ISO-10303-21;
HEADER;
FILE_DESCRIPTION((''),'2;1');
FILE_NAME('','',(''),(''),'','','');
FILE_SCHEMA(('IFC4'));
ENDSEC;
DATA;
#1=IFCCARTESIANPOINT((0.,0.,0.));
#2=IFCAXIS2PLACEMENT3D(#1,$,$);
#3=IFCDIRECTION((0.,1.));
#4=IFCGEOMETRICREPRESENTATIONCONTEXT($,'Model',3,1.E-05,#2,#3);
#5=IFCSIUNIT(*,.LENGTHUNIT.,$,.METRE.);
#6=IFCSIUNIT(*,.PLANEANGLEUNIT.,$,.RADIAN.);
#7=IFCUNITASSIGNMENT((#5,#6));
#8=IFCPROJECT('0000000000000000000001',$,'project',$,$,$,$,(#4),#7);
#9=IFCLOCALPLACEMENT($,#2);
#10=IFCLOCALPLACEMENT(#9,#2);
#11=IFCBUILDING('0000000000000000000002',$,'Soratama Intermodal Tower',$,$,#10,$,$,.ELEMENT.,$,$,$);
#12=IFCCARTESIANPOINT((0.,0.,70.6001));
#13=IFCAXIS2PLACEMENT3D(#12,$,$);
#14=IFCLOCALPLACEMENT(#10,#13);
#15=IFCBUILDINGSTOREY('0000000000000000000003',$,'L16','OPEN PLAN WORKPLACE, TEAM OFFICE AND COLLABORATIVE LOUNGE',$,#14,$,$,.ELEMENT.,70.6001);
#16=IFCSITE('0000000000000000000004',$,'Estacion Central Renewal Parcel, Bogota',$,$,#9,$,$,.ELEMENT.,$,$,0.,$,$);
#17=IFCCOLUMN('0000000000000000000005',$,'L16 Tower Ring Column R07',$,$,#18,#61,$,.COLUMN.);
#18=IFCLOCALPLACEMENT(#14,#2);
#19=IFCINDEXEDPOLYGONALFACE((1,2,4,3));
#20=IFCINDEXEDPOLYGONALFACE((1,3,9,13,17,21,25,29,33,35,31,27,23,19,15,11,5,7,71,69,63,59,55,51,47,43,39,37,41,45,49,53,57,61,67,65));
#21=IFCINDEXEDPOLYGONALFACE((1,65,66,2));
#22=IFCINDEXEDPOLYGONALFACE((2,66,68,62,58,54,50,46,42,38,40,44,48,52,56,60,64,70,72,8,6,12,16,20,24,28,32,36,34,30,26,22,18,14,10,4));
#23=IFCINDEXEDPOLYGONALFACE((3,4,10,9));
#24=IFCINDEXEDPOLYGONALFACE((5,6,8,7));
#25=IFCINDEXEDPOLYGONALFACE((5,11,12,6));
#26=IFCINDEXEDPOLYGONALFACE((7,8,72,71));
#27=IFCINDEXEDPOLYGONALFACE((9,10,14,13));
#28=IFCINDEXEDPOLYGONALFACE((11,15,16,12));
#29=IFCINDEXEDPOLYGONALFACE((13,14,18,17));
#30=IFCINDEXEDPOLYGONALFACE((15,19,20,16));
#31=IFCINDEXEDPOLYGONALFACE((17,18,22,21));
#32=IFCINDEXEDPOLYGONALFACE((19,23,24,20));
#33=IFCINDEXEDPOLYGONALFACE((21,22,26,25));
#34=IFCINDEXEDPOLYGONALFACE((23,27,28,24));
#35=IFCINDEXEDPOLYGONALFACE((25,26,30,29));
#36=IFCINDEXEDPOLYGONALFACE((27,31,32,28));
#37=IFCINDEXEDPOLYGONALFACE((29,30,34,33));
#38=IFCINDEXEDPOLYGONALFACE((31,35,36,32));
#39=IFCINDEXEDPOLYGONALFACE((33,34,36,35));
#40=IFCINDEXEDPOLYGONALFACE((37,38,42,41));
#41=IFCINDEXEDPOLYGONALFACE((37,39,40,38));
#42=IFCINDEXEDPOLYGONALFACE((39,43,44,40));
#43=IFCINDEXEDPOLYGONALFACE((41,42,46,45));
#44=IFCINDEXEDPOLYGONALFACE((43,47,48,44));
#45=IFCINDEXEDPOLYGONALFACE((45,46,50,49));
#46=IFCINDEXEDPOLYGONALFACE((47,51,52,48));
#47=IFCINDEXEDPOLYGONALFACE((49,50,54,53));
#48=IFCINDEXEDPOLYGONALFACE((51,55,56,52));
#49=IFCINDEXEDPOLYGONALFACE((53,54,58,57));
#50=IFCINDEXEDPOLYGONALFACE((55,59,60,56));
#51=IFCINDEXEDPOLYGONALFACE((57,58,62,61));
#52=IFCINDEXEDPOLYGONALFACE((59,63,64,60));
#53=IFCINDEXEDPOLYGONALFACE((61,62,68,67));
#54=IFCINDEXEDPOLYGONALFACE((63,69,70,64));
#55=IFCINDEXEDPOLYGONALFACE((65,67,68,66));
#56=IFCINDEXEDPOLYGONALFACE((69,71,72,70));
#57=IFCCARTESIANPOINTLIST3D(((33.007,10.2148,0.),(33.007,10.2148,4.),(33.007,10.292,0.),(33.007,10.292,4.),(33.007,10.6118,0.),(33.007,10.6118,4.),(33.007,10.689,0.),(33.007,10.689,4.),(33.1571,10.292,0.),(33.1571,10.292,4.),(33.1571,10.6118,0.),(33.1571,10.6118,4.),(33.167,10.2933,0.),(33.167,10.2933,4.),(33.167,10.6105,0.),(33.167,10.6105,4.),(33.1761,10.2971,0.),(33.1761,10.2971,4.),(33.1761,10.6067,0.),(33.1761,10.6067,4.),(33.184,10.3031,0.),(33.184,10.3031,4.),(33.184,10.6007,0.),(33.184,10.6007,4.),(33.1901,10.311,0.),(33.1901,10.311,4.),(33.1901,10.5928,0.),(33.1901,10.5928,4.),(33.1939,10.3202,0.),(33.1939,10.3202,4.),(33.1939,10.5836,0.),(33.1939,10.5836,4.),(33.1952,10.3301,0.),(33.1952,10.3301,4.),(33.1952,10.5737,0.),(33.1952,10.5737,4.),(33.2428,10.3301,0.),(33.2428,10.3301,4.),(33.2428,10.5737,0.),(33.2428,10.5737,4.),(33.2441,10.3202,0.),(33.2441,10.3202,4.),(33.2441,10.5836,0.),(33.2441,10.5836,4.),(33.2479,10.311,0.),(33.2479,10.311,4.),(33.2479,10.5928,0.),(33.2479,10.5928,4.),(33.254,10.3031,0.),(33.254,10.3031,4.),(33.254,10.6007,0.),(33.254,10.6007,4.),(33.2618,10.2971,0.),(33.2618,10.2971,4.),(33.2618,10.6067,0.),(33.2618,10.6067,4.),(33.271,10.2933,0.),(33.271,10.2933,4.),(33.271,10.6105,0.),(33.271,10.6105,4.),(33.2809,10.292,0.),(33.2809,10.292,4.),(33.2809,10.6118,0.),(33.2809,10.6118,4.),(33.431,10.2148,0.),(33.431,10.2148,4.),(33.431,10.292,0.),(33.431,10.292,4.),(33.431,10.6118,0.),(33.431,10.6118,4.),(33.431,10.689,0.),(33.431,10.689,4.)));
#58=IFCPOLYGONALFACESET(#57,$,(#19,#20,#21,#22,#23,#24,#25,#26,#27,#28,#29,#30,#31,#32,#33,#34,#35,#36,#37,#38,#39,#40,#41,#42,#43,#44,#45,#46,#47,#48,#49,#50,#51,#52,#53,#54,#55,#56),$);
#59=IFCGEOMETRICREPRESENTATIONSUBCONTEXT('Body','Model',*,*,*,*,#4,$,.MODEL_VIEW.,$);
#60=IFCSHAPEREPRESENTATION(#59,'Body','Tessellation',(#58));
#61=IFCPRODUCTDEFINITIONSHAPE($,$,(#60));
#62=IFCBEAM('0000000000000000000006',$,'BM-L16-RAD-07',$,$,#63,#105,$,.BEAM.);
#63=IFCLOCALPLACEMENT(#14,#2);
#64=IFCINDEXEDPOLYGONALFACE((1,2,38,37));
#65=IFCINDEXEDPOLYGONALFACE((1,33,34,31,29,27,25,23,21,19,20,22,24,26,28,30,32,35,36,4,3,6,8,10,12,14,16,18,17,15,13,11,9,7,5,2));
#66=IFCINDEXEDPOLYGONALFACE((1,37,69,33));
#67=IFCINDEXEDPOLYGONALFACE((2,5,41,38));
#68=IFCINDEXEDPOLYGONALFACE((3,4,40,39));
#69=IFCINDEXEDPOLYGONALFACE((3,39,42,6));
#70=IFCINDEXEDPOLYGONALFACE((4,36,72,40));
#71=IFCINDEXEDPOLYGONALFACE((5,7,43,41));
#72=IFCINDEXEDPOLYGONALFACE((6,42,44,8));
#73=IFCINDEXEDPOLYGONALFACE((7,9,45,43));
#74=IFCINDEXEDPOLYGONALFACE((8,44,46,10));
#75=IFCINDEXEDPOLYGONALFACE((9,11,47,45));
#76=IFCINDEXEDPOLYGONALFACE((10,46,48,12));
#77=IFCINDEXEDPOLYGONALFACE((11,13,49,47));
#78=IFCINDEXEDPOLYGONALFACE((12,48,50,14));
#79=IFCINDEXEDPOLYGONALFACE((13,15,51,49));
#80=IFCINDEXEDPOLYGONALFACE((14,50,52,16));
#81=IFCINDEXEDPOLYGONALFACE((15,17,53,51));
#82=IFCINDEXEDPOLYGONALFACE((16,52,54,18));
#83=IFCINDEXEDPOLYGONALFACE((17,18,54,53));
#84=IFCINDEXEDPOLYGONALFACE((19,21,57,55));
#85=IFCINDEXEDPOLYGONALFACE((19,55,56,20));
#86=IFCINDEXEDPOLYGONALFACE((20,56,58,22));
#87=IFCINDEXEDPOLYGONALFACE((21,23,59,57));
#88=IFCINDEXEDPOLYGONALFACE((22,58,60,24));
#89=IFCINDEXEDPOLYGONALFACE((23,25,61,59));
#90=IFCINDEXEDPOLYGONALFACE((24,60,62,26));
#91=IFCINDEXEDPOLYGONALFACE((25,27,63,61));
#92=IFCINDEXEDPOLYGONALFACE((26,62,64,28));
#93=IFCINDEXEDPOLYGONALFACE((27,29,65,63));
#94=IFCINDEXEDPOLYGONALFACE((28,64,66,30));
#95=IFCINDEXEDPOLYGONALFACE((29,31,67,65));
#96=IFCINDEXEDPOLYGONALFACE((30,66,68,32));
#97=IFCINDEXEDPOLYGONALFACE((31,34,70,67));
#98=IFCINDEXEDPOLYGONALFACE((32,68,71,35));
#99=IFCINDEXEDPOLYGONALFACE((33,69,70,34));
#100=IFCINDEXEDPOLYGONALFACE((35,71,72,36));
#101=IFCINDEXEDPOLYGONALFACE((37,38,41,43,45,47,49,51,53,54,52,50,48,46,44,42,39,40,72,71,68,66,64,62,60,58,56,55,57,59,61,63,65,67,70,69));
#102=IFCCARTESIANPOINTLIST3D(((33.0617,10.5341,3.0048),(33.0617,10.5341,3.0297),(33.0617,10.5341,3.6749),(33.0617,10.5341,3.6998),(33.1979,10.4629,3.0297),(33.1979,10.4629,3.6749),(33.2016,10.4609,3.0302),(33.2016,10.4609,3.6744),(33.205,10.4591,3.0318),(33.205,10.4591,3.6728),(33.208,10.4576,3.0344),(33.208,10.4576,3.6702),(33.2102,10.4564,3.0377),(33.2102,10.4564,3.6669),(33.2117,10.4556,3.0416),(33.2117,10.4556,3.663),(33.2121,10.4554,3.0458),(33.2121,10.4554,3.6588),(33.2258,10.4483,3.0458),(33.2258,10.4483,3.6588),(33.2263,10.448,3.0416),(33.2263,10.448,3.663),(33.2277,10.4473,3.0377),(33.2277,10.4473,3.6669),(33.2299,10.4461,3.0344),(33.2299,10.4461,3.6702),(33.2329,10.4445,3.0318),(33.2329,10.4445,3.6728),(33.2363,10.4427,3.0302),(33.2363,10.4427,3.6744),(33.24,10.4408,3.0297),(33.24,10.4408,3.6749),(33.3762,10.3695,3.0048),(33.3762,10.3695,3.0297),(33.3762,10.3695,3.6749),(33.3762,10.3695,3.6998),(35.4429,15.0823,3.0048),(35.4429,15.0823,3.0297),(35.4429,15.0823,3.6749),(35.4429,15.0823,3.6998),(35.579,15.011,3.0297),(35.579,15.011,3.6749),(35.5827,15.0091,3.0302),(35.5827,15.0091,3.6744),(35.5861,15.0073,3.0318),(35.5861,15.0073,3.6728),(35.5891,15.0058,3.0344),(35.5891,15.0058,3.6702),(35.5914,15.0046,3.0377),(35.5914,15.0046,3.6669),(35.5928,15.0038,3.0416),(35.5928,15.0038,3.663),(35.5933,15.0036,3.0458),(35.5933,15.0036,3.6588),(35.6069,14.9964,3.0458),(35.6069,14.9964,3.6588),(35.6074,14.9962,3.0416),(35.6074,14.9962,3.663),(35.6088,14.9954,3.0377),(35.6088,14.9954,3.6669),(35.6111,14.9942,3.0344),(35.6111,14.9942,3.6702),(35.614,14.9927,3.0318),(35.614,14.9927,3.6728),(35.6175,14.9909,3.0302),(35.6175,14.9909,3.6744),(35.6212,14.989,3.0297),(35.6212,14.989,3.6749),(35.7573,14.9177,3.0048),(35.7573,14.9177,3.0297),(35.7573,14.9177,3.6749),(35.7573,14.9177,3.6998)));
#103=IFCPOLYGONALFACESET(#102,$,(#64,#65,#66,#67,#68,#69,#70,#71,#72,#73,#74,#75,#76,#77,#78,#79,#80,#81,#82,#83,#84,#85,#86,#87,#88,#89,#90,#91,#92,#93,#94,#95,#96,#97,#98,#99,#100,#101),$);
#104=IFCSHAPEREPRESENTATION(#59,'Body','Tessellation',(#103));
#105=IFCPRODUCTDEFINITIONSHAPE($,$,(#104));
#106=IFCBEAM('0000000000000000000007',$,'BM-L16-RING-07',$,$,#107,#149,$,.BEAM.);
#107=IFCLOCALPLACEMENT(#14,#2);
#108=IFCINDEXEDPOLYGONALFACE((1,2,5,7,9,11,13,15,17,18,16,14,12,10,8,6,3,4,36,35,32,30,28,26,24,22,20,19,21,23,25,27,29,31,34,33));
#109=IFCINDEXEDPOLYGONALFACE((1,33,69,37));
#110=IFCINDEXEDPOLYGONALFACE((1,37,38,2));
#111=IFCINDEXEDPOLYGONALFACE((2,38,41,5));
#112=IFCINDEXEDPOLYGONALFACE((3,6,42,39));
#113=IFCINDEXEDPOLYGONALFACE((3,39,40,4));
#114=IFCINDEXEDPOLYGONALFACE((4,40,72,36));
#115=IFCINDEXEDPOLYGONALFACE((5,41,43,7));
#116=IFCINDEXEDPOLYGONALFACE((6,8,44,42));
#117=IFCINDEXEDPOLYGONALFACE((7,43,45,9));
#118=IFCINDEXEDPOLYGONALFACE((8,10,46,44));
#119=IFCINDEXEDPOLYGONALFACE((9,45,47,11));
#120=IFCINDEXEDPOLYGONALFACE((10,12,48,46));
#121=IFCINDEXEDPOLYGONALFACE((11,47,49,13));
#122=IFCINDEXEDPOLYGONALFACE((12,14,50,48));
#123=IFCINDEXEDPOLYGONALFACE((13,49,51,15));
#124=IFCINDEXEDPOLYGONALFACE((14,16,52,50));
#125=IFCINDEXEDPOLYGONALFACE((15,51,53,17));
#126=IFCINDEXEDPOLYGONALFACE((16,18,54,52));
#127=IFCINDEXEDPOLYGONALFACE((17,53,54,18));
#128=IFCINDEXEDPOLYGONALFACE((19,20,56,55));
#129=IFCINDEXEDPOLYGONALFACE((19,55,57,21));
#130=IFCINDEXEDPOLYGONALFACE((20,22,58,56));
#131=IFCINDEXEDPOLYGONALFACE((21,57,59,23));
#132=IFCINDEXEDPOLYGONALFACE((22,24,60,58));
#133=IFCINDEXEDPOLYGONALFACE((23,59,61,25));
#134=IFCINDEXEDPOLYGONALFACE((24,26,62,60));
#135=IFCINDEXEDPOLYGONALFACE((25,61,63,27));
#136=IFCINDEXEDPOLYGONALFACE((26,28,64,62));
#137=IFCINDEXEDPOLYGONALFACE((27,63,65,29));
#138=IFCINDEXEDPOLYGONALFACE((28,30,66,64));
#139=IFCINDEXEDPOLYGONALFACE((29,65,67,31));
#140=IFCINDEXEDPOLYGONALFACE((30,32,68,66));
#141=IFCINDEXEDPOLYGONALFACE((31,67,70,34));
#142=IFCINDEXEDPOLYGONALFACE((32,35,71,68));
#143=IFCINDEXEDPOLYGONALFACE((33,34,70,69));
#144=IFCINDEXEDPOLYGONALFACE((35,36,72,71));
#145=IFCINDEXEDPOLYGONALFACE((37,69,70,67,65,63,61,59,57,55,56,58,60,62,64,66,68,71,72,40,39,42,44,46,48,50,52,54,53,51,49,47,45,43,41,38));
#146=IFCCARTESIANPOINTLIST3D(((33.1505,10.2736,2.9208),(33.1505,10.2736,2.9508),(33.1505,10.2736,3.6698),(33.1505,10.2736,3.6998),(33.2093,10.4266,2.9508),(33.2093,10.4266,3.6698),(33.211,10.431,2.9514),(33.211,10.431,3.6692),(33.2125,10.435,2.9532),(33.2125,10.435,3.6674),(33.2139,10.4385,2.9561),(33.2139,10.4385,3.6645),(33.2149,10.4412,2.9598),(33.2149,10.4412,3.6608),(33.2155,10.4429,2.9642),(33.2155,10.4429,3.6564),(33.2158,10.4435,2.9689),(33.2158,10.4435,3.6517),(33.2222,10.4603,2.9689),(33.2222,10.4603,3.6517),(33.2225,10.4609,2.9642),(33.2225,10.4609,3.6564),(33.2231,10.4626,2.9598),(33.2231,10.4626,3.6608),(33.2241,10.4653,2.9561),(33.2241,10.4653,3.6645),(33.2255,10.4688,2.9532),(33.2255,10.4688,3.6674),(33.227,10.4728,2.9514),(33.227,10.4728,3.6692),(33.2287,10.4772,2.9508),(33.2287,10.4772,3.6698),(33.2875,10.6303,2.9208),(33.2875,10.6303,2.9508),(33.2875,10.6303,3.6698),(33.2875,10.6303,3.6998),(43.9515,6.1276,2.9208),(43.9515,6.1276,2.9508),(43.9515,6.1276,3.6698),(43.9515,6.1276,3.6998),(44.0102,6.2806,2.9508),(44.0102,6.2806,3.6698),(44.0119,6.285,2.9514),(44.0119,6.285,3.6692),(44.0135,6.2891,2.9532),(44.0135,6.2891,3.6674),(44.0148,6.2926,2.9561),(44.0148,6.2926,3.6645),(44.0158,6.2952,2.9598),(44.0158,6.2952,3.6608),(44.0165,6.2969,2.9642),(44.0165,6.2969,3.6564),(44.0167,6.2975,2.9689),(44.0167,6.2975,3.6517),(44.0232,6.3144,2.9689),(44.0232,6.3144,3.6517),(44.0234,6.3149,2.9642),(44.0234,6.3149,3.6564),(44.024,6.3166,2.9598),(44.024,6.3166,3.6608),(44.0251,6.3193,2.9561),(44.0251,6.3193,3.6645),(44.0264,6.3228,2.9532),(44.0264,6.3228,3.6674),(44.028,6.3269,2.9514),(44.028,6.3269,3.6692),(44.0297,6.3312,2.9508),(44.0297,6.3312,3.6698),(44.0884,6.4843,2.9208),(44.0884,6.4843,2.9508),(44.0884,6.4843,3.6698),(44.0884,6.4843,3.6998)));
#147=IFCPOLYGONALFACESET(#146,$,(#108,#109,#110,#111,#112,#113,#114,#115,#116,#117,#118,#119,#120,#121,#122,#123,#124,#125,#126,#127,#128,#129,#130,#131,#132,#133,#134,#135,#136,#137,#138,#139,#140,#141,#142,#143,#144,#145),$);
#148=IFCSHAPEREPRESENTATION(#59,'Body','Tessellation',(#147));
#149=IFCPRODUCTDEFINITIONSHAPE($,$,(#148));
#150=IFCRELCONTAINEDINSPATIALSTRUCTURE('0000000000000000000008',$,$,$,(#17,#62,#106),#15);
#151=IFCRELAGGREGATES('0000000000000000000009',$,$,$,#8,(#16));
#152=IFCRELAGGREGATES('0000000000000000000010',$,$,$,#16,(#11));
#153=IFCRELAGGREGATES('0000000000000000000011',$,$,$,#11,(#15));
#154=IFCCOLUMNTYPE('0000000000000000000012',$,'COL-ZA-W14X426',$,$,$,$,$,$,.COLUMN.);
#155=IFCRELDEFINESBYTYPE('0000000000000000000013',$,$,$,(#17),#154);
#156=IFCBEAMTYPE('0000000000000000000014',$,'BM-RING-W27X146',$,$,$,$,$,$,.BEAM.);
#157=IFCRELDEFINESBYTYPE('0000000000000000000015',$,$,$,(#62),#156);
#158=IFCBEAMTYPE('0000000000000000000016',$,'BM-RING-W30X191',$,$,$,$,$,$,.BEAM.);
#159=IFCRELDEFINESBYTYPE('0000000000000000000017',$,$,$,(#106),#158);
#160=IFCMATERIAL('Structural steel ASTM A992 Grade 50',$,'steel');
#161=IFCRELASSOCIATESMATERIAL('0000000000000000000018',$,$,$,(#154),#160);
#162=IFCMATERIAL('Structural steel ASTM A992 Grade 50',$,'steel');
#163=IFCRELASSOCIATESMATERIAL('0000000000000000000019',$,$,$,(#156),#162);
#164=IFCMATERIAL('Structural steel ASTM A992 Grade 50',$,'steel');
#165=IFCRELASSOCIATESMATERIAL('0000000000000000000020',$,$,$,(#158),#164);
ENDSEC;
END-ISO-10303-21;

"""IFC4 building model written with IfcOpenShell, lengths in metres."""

from ifc_helpers import new_model, si_unit, direction, frame, origin, origin_2d, place, context, subcontext, project, spatial, i_section, extrude, material, material_profile, profile_set, type_object, element, save


model = new_model("IFC4")

# Units and contexts
model_context = context("Model", 3, precision=1e-05, world=origin(), true_north=direction((0.0, 1.0)))
body_context = subcontext(model_context, "Body", "Model", "MODEL_VIEW")
ifc_project = project(units=[si_unit("LENGTHUNIT", "METRE"), si_unit("PLANEANGLEUNIT", "RADIAN")], contexts=[model_context])

# Site, building, storey
site_placement = place(None, origin())
site = spatial("IfcSite", under=ifc_project, at=site_placement, Name="Estacion Central Renewal Parcel, Bogota", CompositionType="ELEMENT", RefElevation=0.0)
building_placement = place(site_placement, origin())
building = spatial("IfcBuilding", under=site, at=building_placement, Name="Soratama Intermodal Tower", CompositionType="ELEMENT")
storey_placement = place(building_placement, frame((0.0, 0.0, 70.6001)))
storey = spatial("IfcBuildingStorey", under=building, at=storey_placement, Name="L16", Description="OPEN PLAN WORKPLACE, TEAM OFFICE AND COLLABORATIVE LOUNGE", CompositionType="ELEMENT", Elevation=70.6001)

# Column
ifc_material_1 = material(Name="Structural steel ASTM A992 Grade 50", Category="steel")
ifc_material_profile_1 = material_profile(ifc_material_1, i_section(OverallWidth=0.4241, OverallDepth=0.4741, WebThickness=0.0476, FlangeThickness=0.0771, FilletRadius=0.0381, at=origin_2d()), Name="W14X426")
ifc_profile_set_1 = profile_set([ifc_material_profile_1], Name="Structural steel ASTM A992 Grade 50")
column_type = type_object("IfcColumnType", Name="COL-ZA-W14X426", PredefinedType="COLUMN", material=ifc_profile_set_1)
column_placement = place(storey_placement, frame((33.219, 10.4519, 0.0), z_axis=(0.0, 0.0, 1.0), x_axis=(1.0, 0.0, 0.0)))
element("IfcColumn", 1, at=column_placement, inside=storey, type_object=column_type, Name="L16 Tower Ring Column R07", PredefinedType="COLUMN", context=body_context, shape_type="SweptSolid", body=[
    extrude(i_section(OverallWidth=0.4241, OverallDepth=0.4741, WebThickness=0.0476, FlangeThickness=0.0771, FilletRadius=0.0381, at=origin_2d()), origin(), (0.0, 0.0, 1.0), 4.0),
])

# Beams
ifc_material_2 = material(Name="Structural steel ASTM A992 Grade 50", Category="steel")
ifc_material_profile_2 = material_profile(ifc_material_2, i_section(OverallWidth=0.355, OverallDepth=0.6951, WebThickness=0.0154, FlangeThickness=0.0249, FilletRadius=0.0161, at=origin_2d()), Name="W27X146")
ifc_profile_set_2 = profile_set([ifc_material_profile_2], Name="Structural steel ASTM A992 Grade 50")
beam_type_1 = type_object("IfcBeamType", Name="BM-RING-W27X146", PredefinedType="BEAM", material=ifc_profile_set_2)
beam_1_placement = place(storey_placement, frame((35.6001, 15.0, 3.3523), z_axis=(-0.463819, -0.88593, 0.0), x_axis=(0.88593, -0.463819, 0.0)))
element("IfcBeam", 2, at=beam_1_placement, inside=storey, type_object=beam_type_1, Name="BM-L16-RAD-07", PredefinedType="BEAM", context=body_context, shape_type="SweptSolid", body=[
    extrude(i_section(OverallWidth=0.355, OverallDepth=0.6951, WebThickness=0.0154, FlangeThickness=0.0249, FilletRadius=0.0161, at=origin_2d()), origin(), (0.0, 0.0, 1.0), 5.1338),
])
ifc_material_3 = material(Name="Structural steel ASTM A992 Grade 50", Category="steel")
ifc_material_profile_3 = material_profile(ifc_material_3, i_section(OverallWidth=0.3821, OverallDepth=0.7791, WebThickness=0.0181, FlangeThickness=0.03, FilletRadius=0.0181, at=origin_2d()), Name="W30X191")
ifc_profile_set_3 = profile_set([ifc_material_profile_3], Name="Structural steel ASTM A992 Grade 50")
beam_type_2 = type_object("IfcBeamType", Name="BM-RING-W30X191", PredefinedType="BEAM", material=ifc_profile_set_3)
beam_2_placement = place(storey_placement, frame((33.219, 10.4519, 3.3103), z_axis=(0.933584, -0.358358, 0.0), x_axis=(0.358358, 0.933584, 0.0)))
element("IfcBeam", 3, at=beam_2_placement, inside=storey, type_object=beam_type_2, Name="BM-L16-RING-07", PredefinedType="BEAM", context=body_context, shape_type="SweptSolid", body=[
    extrude(i_section(OverallWidth=0.3821, OverallDepth=0.7791, WebThickness=0.0181, FlangeThickness=0.03, FilletRadius=0.0181, at=origin_2d()), origin(), (0.0, 0.0, 1.0), 11.5693),
])

save(model, "model.ifc")
